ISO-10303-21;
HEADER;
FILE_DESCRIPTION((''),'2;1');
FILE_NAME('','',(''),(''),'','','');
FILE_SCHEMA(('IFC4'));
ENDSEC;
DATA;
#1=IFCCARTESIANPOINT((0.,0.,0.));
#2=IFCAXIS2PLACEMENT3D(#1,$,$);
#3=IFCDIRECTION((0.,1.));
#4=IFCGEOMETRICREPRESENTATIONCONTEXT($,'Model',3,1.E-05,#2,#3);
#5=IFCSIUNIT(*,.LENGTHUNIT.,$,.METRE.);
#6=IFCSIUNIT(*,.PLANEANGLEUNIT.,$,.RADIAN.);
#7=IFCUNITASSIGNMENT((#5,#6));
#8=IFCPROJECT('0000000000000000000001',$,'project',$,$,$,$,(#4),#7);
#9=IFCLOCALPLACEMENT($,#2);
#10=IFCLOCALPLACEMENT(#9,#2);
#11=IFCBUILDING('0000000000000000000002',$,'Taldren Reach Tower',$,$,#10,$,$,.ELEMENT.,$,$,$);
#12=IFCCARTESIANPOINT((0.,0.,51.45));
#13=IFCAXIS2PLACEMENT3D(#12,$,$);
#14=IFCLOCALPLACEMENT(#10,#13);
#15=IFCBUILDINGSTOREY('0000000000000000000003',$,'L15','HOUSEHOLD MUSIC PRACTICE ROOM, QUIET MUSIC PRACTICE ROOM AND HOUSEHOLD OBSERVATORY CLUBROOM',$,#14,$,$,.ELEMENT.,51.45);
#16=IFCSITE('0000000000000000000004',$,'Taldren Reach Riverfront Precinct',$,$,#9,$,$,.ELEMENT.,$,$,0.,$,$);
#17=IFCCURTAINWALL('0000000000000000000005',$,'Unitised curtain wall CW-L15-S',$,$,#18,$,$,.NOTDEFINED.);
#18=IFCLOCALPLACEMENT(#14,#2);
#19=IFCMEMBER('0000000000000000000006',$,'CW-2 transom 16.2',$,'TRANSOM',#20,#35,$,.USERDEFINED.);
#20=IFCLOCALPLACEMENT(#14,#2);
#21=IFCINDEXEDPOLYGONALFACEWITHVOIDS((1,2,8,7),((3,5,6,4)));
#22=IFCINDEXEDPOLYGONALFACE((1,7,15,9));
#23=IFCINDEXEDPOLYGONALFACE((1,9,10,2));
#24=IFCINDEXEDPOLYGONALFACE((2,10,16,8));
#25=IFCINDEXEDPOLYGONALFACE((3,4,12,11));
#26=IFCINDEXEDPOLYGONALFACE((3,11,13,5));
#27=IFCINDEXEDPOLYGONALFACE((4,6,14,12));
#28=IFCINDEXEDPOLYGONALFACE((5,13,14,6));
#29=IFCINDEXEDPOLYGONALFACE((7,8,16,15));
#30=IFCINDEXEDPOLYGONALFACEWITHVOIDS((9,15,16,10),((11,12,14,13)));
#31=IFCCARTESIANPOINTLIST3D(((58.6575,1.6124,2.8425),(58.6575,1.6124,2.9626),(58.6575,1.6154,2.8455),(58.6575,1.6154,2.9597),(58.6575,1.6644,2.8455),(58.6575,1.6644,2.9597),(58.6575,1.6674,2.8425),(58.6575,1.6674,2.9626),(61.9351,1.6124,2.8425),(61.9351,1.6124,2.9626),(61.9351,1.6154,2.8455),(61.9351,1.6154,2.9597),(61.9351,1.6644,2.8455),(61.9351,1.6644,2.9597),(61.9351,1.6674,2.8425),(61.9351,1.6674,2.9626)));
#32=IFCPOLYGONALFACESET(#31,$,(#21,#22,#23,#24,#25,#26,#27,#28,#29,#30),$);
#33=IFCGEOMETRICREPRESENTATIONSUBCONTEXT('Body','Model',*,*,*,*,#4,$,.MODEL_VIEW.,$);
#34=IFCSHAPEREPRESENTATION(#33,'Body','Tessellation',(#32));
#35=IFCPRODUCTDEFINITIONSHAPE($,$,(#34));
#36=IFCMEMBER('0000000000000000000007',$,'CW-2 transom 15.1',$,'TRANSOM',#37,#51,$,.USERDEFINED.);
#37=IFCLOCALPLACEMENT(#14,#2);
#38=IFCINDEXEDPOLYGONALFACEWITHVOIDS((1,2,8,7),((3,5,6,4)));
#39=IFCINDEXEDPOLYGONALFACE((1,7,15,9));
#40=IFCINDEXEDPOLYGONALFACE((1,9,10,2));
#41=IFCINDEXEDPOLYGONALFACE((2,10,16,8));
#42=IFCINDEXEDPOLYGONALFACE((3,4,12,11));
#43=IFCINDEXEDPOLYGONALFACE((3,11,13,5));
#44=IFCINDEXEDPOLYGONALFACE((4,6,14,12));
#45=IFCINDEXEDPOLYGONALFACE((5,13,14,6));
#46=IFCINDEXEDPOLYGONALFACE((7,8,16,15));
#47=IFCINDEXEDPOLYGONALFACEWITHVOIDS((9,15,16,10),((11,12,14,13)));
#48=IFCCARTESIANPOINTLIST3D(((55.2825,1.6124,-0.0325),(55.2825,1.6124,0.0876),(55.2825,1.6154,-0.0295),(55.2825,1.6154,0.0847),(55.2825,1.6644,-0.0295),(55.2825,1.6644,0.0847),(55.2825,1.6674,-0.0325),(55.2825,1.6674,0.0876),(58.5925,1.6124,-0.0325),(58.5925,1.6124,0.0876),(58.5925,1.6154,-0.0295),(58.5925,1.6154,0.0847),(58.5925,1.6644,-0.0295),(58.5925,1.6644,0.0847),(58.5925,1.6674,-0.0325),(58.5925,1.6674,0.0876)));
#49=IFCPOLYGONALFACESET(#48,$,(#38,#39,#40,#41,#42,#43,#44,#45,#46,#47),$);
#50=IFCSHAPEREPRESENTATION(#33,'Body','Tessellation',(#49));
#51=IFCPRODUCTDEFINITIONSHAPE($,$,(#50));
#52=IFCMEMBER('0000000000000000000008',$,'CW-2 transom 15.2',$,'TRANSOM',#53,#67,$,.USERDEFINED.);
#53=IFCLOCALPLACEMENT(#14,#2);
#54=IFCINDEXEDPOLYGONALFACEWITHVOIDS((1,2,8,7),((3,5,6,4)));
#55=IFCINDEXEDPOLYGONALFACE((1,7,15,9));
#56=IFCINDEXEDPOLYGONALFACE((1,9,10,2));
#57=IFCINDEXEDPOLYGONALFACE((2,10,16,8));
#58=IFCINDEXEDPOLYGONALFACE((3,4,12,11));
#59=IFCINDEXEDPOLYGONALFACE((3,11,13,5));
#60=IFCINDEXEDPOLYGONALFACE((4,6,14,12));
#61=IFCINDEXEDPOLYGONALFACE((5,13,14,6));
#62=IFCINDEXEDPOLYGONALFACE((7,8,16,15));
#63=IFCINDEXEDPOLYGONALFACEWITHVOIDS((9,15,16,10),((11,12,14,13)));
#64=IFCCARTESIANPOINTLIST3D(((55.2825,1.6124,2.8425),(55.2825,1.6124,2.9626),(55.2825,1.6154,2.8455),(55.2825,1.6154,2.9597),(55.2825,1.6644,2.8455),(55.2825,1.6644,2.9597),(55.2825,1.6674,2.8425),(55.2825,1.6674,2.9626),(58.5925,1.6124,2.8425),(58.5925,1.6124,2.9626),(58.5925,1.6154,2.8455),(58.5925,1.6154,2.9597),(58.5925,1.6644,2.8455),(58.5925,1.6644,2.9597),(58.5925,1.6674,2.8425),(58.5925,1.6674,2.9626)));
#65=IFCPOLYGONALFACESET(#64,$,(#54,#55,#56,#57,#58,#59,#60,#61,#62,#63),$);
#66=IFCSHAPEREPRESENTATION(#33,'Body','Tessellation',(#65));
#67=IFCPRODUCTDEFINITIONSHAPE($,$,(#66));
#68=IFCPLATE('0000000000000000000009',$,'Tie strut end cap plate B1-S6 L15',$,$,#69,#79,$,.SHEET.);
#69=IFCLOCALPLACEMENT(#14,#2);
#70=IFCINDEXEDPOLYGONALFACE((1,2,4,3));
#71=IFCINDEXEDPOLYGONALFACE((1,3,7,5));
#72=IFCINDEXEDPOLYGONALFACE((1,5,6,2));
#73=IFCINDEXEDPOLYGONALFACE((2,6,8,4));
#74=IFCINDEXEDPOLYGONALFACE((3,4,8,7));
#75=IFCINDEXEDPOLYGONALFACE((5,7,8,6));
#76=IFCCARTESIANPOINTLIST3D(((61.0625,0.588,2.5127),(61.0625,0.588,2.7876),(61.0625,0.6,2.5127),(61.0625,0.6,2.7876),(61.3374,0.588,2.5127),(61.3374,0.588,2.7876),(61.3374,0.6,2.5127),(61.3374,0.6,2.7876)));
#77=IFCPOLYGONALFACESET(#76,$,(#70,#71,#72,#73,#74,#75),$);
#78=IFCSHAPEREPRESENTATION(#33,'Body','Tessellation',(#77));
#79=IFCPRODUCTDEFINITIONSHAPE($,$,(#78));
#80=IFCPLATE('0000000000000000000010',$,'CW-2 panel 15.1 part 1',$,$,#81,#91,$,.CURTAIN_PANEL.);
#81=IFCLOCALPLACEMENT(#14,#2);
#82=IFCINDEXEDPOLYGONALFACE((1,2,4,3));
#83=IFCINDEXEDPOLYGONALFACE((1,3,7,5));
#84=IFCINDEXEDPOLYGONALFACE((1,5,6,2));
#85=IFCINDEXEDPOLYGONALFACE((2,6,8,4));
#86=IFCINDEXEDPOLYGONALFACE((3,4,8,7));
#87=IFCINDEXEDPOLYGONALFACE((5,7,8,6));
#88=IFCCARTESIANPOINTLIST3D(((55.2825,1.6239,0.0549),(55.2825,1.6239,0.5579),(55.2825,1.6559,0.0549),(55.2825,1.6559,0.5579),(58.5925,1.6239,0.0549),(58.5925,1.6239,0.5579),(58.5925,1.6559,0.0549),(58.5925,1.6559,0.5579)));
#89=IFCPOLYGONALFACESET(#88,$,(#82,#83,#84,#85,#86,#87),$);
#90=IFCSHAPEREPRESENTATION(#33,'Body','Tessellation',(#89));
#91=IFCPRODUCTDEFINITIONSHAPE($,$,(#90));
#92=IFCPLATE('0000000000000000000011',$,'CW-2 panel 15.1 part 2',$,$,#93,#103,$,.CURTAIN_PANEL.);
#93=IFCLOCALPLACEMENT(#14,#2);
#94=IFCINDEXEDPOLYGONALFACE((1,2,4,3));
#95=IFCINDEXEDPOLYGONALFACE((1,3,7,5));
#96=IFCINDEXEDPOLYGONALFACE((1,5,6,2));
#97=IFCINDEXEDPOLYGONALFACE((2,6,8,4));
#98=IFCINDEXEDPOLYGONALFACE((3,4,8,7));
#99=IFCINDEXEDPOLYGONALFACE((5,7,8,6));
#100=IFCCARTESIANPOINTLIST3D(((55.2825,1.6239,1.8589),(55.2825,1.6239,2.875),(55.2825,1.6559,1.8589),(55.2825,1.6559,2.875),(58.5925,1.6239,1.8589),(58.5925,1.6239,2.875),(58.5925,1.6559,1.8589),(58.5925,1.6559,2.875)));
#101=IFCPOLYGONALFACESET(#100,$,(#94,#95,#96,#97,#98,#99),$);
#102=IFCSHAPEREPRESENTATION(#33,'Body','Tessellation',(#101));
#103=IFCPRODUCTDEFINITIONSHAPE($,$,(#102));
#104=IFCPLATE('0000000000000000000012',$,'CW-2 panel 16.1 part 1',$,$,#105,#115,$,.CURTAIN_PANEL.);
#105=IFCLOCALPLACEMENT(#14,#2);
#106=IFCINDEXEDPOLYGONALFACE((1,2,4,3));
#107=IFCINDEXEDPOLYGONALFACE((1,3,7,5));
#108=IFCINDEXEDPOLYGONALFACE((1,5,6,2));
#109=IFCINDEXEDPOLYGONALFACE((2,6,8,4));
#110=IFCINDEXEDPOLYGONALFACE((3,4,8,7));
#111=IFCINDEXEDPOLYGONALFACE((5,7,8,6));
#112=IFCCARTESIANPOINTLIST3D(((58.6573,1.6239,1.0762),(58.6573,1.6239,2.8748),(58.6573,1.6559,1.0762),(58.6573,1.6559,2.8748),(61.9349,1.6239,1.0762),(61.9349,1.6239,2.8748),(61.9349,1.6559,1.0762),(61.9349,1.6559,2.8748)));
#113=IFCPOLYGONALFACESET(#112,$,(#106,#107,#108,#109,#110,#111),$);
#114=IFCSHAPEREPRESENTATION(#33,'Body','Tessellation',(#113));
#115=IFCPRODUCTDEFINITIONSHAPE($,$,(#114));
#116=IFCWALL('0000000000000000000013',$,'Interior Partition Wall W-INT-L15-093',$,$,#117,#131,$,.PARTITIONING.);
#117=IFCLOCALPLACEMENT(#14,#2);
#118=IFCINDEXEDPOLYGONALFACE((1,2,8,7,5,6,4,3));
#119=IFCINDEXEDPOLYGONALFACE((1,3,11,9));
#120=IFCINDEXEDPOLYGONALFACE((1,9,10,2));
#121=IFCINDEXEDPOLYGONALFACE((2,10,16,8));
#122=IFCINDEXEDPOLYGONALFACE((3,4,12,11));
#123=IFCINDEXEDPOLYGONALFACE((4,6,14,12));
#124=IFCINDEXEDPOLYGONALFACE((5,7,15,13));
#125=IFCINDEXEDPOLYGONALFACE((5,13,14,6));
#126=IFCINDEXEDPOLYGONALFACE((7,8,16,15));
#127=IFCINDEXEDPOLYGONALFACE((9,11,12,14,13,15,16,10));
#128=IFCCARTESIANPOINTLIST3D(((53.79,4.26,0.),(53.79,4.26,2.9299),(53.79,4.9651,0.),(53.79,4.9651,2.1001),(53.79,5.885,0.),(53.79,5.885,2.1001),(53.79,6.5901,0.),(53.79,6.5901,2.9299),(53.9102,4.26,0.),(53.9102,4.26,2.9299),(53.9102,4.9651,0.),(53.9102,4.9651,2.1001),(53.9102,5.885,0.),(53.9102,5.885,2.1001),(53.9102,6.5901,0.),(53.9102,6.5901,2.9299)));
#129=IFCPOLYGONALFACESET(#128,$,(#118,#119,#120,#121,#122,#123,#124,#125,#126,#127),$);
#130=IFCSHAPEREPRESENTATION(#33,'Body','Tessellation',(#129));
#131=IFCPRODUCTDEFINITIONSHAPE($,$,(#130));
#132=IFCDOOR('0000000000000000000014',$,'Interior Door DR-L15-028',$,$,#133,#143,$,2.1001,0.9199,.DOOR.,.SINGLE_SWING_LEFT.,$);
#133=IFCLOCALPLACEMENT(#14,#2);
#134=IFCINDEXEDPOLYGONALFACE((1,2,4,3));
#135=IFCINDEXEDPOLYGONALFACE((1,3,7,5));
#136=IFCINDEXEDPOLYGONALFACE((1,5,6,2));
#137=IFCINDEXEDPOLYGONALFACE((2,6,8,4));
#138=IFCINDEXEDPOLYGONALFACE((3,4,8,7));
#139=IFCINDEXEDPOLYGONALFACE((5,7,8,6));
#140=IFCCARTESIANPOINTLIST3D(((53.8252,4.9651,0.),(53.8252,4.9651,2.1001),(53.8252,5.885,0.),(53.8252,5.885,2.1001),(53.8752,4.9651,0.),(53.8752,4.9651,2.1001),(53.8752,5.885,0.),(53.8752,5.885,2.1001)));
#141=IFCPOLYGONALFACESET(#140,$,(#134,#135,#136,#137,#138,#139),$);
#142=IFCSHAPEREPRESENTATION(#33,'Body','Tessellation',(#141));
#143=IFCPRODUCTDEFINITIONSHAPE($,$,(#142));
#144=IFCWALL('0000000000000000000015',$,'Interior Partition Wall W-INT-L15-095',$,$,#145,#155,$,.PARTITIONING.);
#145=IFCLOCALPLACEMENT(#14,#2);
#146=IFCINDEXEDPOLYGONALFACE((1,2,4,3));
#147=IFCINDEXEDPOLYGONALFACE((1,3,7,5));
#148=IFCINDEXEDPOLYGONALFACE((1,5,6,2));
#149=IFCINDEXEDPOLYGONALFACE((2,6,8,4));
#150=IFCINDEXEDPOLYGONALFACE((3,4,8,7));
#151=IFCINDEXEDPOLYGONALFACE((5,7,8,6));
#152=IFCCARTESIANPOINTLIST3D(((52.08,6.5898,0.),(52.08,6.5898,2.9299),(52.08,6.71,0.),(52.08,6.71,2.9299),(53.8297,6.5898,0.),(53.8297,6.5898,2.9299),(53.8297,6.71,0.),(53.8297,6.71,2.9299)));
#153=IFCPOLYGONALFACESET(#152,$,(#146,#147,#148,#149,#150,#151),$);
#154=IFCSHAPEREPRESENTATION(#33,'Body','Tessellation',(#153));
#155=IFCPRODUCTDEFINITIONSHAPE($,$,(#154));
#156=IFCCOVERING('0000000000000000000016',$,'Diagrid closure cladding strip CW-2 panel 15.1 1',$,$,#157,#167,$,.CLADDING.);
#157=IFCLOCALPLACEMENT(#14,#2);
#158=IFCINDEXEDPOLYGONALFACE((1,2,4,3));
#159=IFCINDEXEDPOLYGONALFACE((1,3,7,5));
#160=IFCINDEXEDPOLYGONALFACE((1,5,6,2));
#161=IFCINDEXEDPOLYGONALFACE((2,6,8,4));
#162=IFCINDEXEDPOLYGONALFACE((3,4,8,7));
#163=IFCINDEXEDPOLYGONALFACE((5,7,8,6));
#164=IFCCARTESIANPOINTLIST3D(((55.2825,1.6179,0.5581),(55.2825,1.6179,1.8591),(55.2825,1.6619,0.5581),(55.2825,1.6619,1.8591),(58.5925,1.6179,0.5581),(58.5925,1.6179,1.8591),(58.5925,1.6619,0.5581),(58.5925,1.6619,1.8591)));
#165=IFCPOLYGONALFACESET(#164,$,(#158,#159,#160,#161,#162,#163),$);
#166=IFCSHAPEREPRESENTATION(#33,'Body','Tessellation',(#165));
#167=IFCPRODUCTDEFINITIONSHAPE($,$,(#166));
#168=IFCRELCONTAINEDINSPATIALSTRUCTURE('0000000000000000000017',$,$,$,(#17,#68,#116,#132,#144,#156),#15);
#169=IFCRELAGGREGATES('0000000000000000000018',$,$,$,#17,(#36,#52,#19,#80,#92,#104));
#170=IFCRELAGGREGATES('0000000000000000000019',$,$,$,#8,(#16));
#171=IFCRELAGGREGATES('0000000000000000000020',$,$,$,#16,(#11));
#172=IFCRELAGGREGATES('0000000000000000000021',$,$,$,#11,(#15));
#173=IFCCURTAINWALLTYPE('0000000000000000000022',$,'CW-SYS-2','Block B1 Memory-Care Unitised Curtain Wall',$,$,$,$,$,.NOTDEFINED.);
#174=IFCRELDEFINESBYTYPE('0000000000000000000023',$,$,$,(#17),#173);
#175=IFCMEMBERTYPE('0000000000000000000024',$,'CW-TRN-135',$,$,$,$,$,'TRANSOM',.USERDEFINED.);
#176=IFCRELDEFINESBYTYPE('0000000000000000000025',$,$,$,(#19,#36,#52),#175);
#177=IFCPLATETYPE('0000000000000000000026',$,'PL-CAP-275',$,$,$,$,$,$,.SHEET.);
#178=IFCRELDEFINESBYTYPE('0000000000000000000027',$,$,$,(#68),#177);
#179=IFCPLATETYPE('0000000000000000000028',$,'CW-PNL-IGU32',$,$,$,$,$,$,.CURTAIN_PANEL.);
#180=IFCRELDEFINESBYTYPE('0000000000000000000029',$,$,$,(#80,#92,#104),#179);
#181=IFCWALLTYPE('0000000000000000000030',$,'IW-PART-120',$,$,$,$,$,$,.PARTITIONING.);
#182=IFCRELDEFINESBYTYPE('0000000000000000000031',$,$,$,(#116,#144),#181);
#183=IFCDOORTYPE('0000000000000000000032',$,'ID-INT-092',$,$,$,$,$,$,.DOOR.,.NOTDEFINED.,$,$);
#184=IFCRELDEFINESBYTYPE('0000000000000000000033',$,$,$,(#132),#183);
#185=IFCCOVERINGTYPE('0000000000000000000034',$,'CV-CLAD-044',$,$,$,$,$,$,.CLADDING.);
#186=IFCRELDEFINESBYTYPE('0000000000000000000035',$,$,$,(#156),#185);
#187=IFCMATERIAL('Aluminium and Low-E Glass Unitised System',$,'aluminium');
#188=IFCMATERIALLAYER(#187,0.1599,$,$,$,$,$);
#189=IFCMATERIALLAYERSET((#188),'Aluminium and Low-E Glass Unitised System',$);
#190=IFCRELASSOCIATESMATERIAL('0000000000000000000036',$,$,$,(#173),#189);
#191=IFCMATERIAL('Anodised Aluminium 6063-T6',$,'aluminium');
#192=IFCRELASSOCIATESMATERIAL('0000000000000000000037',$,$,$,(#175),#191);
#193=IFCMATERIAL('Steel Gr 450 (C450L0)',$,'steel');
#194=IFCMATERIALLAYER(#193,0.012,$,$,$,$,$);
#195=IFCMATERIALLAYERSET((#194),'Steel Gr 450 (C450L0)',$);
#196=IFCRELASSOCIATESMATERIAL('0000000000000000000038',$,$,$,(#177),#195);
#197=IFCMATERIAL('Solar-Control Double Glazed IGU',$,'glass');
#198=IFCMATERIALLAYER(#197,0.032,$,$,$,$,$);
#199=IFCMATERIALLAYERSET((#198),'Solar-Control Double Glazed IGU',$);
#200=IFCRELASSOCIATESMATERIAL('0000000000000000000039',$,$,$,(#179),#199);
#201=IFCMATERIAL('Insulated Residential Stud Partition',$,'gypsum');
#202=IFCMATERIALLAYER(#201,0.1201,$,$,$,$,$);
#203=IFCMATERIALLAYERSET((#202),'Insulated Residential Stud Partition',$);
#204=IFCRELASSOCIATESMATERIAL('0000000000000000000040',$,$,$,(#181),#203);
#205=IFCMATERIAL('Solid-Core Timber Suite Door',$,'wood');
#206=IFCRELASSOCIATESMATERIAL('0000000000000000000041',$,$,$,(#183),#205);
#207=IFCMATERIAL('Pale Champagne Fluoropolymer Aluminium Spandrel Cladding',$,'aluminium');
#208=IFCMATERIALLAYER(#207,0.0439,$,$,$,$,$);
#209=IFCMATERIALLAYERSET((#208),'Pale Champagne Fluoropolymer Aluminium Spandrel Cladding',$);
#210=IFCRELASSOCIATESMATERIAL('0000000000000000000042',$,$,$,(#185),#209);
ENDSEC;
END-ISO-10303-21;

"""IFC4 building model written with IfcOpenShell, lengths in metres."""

from ifc_helpers import new_model, si_unit, direction, frame, frame_2d, origin, origin_2d, place, context, subcontext, project, spatial, rectangle, hollow_rectangle, extrude, source, transform, mapped, material, layer, layer_set, material_profile, profile_set, type_object, element, fill, aggregate, save


model = new_model("IFC4")

# Units and contexts
model_context = context("Model", 3, precision=1e-05, world=origin(), true_north=direction((0.0, 1.0)))
body_context = subcontext(model_context, "Body", "Model", "MODEL_VIEW")
ifc_project = project(units=[si_unit("LENGTHUNIT", "METRE"), si_unit("PLANEANGLEUNIT", "RADIAN")], contexts=[model_context])

# Site, building, storey
site_placement = place(None, origin())
site = spatial("IfcSite", under=ifc_project, at=site_placement, Name="Taldren Reach Riverfront Precinct", CompositionType="ELEMENT", RefElevation=0.0)
building_placement = place(site_placement, origin())
building = spatial("IfcBuilding", under=site, at=building_placement, Name="Taldren Reach Tower", CompositionType="ELEMENT")
storey_placement = place(building_placement, frame((0.0, 0.0, 51.45)))
storey = spatial("IfcBuildingStorey", under=building, at=storey_placement, Name="L15", Description="HOUSEHOLD MUSIC PRACTICE ROOM, QUIET MUSIC PRACTICE ROOM AND HOUSEHOLD OBSERVATORY CLUBROOM", CompositionType="ELEMENT", Elevation=51.45)

# Shared definitions
ifc_material_1 = material(Name="Steel Gr 450 (C450L0)", Category="steel")

# Curtain wall, members
ifc_material_2 = material(Name="Aluminium and Low-E Glass Unitised System", Category="aluminium")
ifc_layer_1 = layer(ifc_material_2, 0.1599)
ifc_layer_set_1 = layer_set([ifc_layer_1], Name="Aluminium and Low-E Glass Unitised System")
curtain_wall_type = type_object("IfcCurtainWallType", Name="CW-SYS-2", Description="Block B1 Memory-Care Unitised Curtain Wall", PredefinedType="NOTDEFINED", material=ifc_layer_set_1)
curtain_wall_placement = place(storey_placement, origin())
curtain_wall = element("IfcCurtainWall", 1, at=curtain_wall_placement, inside=storey, type_object=curtain_wall_type, Name="Unitised curtain wall CW-L15-S", PredefinedType="NOTDEFINED")
ifc_material_3 = material(Name="Anodised Aluminium 6063-T6", Category="aluminium")
ifc_material_profile_1 = material_profile(ifc_material_3, hollow_rectangle(XDim=0.0549, YDim=0.1201, WallThickness=0.0029, at=origin_2d()), Name="ALU-120x55x3RHS")
ifc_profile_set_1 = profile_set([ifc_material_profile_1], Name="Anodised Aluminium 6063-T6")
member_type_1 = type_object("IfcMemberType", Name="CW-TRN-135", ElementType="TRANSOM", PredefinedType="USERDEFINED", material=ifc_profile_set_1)
shared_shape_1 = source(origin(), body_context, "Body", "SweptSolid", [
    extrude(hollow_rectangle(XDim=0.0549, YDim=0.1201, WallThickness=0.0029, at=origin_2d()), origin(), (0.0, 0.0, 1.0), 3.2776),
])
member_1_placement = place(storey_placement, frame((58.6575, 1.6399, 2.9026), z_axis=(1.0, 0.0, 0.0), x_axis=(0.0, 1.0, 0.0)))
member_1 = element("IfcMember", 2, at=member_1_placement, type_object=member_type_1, Name="CW-2 transom 16.2", ObjectType="TRANSOM", PredefinedType="USERDEFINED", context=body_context, shape_type="MappedRepresentation", body=[
    mapped(shared_shape_1, transform((0.0, 0.0, 0.0), scale=1.0)),
])
shared_shape_2 = source(origin(), body_context, "Body", "SweptSolid", [
    extrude(hollow_rectangle(XDim=0.0549, YDim=0.1201, WallThickness=0.0029, at=origin_2d()), origin(), (0.0, 0.0, 1.0), 3.3101),
])
member_2_placement = place(storey_placement, frame((55.2825, 1.6399, 0.0276), z_axis=(1.0, 0.0, 0.0), x_axis=(0.0, 1.0, 0.0)))
member_2 = element("IfcMember", 3, at=member_2_placement, type_object=member_type_1, Name="CW-2 transom 15.1", ObjectType="TRANSOM", PredefinedType="USERDEFINED", context=body_context, shape_type="MappedRepresentation", body=[
    mapped(shared_shape_2, transform((0.0, 0.0, 0.0), scale=1.0)),
])
member_3_placement = place(storey_placement, frame((55.2825, 1.6399, 2.9026), z_axis=(1.0, 0.0, 0.0), x_axis=(0.0, 1.0, 0.0)))
member_3 = element("IfcMember", 4, at=member_3_placement, type_object=member_type_1, Name="CW-2 transom 15.2", ObjectType="TRANSOM", PredefinedType="USERDEFINED", context=body_context, shape_type="MappedRepresentation", body=[
    mapped(shared_shape_2, transform((0.0, 0.0, 0.0), scale=1.0)),
])

# Plates
ifc_layer_2 = layer(ifc_material_1, 0.012)
ifc_layer_set_2 = layer_set([ifc_layer_2], Name="Steel Gr 450 (C450L0)")
plate_type_1 = type_object("IfcPlateType", Name="PL-CAP-275", PredefinedType="SHEET", material=ifc_layer_set_2)
shared_shape_3 = source(origin(), body_context, "Body", "SweptSolid", [
    extrude(rectangle(XDim=0.2749, YDim=0.012, at=origin_2d()), origin(), (0.0, 0.0, 1.0), 0.2749),
])
plate_1_placement = place(storey_placement, frame((61.2, 0.594, 2.5127), z_axis=(0.0, 0.0, 1.0), x_axis=(1.0, 0.0, 0.0)))
element("IfcPlate", 5, at=plate_1_placement, inside=storey, type_object=plate_type_1, Name="Tie strut end cap plate B1-S6 L15", PredefinedType="SHEET", context=body_context, shape_type="MappedRepresentation", body=[
    mapped(shared_shape_3, transform((0.0, 0.0, 0.0), scale=1.0)),
])
ifc_material_4 = material(Name="Solar-Control Double Glazed IGU", Category="glass")
ifc_layer_3 = layer(ifc_material_4, 0.032)
ifc_layer_set_3 = layer_set([ifc_layer_3], Name="Solar-Control Double Glazed IGU")
plate_type_2 = type_object("IfcPlateType", Name="CW-PNL-IGU32", PredefinedType="CURTAIN_PANEL", material=ifc_layer_set_3)
shared_shape_4 = source(origin(), body_context, "Body", "SweptSolid", [
    extrude(rectangle(XDim=3.3101, YDim=0.032, at=origin_2d()), origin(), (0.0, 0.0, 1.0), 0.5029),
])
plate_2_placement = place(storey_placement, frame((56.9375, 1.6399, 0.0549), z_axis=(0.0, 0.0, 1.0), x_axis=(1.0, 0.0, 0.0)))
plate_2 = element("IfcPlate", 6, at=plate_2_placement, type_object=plate_type_2, Name="CW-2 panel 15.1 part 1", PredefinedType="CURTAIN_PANEL", context=body_context, shape_type="MappedRepresentation", body=[
    mapped(shared_shape_4, transform((0.0, 0.0, 0.0), scale=1.0)),
])
shared_shape_5 = source(origin(), body_context, "Body", "SweptSolid", [
    extrude(rectangle(XDim=3.3101, YDim=0.032, at=origin_2d()), origin(), (0.0, 0.0, 1.0), 1.0161),
])
plate_3_placement = place(storey_placement, frame((56.9375, 1.6399, 1.8589), z_axis=(0.0, 0.0, 1.0), x_axis=(1.0, 0.0, 0.0)))
plate_3 = element("IfcPlate", 7, at=plate_3_placement, type_object=plate_type_2, Name="CW-2 panel 15.1 part 2", PredefinedType="CURTAIN_PANEL", context=body_context, shape_type="MappedRepresentation", body=[
    mapped(shared_shape_5, transform((0.0, 0.0, 0.0), scale=1.0)),
])
shared_shape_6 = source(origin(), body_context, "Body", "SweptSolid", [
    extrude(rectangle(XDim=3.2776, YDim=0.032, at=origin_2d()), origin(), (0.0, 0.0, 1.0), 1.7986),
])
plate_4_placement = place(storey_placement, frame((60.2961, 1.6399, 1.0762), z_axis=(0.0, 0.0, 1.0), x_axis=(1.0, 0.0, 0.0)))
plate_4 = element("IfcPlate", 8, at=plate_4_placement, type_object=plate_type_2, Name="CW-2 panel 16.1 part 1", PredefinedType="CURTAIN_PANEL", context=body_context, shape_type="MappedRepresentation", body=[
    mapped(shared_shape_6, transform((0.0, 0.0, 0.0), scale=1.0)),
])
aggregate(curtain_wall, [member_2, member_3, member_1, plate_2, plate_3, plate_4])

# Wall, opening, door
ifc_material_5 = material(Name="Insulated Residential Stud Partition", Category="gypsum")
ifc_layer_4 = layer(ifc_material_5, 0.1201)
ifc_layer_set_4 = layer_set([ifc_layer_4], Name="Insulated Residential Stud Partition")
wall_type = type_object("IfcWallType", Name="IW-PART-120", PredefinedType="PARTITIONING", material=ifc_layer_set_4)
shared_shape_7 = source(origin(), body_context, "Body", "SweptSolid", [
    extrude(rectangle(XDim=2.3301, YDim=0.1201, at=frame_2d((1.165, 0.0))), origin(), (0.0, 0.0, 1.0), 2.9299),
])
wall_1_placement = place(storey_placement, frame((53.8501, 4.26, 0.0), z_axis=(0.0, 0.0, 1.0), x_axis=(0.0, 1.0, 0.0)))
wall_1 = element("IfcWall", 9, at=wall_1_placement, inside=storey, type_object=wall_type, Name="Interior Partition Wall W-INT-L15-093", PredefinedType="PARTITIONING", context=body_context, shape_type="MappedRepresentation", body=[
    mapped(shared_shape_7, transform((0.0, 0.0, 0.0), scale=1.0)),
])
shared_shape_8 = source(origin(), body_context, "Body", "SweptSolid", [
    extrude(rectangle(XDim=0.9199, YDim=2.1001, at=frame_2d((0.46, 1.05))), frame((0.0, 0.0701, 0.0), z_axis=(0.0, -1.0, 0.0), x_axis=(1.0, 0.0, 0.0)), (0.0, 0.0, 1.0), 0.1401),
])
opening_placement = place(wall_1_placement, frame((0.7051, 0.0, 0.0)))
opening = element("IfcOpeningElement", 10, at=opening_placement, cuts=wall_1, PredefinedType="OPENING", context=body_context, shape_type="MappedRepresentation", body=[
    mapped(shared_shape_8, transform((0.0, 0.0, 0.0), scale=1.0)),
])
ifc_material_6 = material(Name="Solid-Core Timber Suite Door", Category="wood")
door_type = type_object("IfcDoorType", Name="ID-INT-092", OperationType="NOTDEFINED", PredefinedType="DOOR", material=ifc_material_6)
shared_shape_9 = source(origin(), body_context, "Body", "SweptSolid", [
    extrude(rectangle(XDim=0.9199, YDim=2.1001, at=frame_2d((0.46, 1.05))), frame((0.0, 0.0249, 0.0), z_axis=(0.0, -1.0, 0.0), x_axis=(1.0, 0.0, 0.0)), (0.0, 0.0, 1.0), 0.05),
])
door_placement = place(opening_placement, origin())
door = element("IfcDoor", 11, at=door_placement, inside=storey, type_object=door_type, Name="Interior Door DR-L15-028", OperationType="SINGLE_SWING_LEFT", OverallHeight=2.1001, OverallWidth=0.9199, PredefinedType="DOOR", context=body_context, shape_type="MappedRepresentation", body=[
    mapped(shared_shape_9, transform((0.0, 0.0, 0.0), scale=1.0)),
])
fill(opening, door)

# Wall
shared_shape_10 = source(origin(), body_context, "Body", "SweptSolid", [
    extrude(rectangle(XDim=1.7498, YDim=0.1201, at=frame_2d((0.875, 0.0))), origin(), (0.0, 0.0, 1.0), 2.9299),
])
wall_2_placement = place(storey_placement, frame((53.8298, 6.6499, 0.0), z_axis=(0.0, 0.0, 1.0), x_axis=(-1.0, 0.0, 0.0)))
element("IfcWall", 12, at=wall_2_placement, inside=storey, type_object=wall_type, Name="Interior Partition Wall W-INT-L15-095", PredefinedType="PARTITIONING", context=body_context, shape_type="MappedRepresentation", body=[
    mapped(shared_shape_10, transform((0.0, 0.0, 0.0), scale=1.0)),
])

# Covering
ifc_material_7 = material(Name="Pale Champagne Fluoropolymer Aluminium Spandrel Cladding", Category="aluminium")
ifc_layer_5 = layer(ifc_material_7, 0.0439)
ifc_layer_set_5 = layer_set([ifc_layer_5], Name="Pale Champagne Fluoropolymer Aluminium Spandrel Cladding")
covering_type = type_object("IfcCoveringType", Name="CV-CLAD-044", PredefinedType="CLADDING", material=ifc_layer_set_5)
shared_shape_11 = source(origin(), body_context, "Body", "SweptSolid", [
    extrude(rectangle(XDim=3.3101, YDim=0.0439, at=origin_2d()), origin(), (0.0, 0.0, 1.0), 1.301),
])
covering_1_placement = place(storey_placement, frame((56.9375, 1.6399, 0.5581), z_axis=(0.0, 0.0, 1.0), x_axis=(1.0, 0.0, 0.0)))
element("IfcCovering", 13, at=covering_1_placement, inside=storey, type_object=covering_type, Name="Diagrid closure cladding strip CW-2 panel 15.1 1", PredefinedType="CLADDING", context=body_context, shape_type="MappedRepresentation", body=[
    mapped(shared_shape_11, transform((0.0, 0.0, 0.0), scale=1.0)),
])

save(model, "model.ifc")
